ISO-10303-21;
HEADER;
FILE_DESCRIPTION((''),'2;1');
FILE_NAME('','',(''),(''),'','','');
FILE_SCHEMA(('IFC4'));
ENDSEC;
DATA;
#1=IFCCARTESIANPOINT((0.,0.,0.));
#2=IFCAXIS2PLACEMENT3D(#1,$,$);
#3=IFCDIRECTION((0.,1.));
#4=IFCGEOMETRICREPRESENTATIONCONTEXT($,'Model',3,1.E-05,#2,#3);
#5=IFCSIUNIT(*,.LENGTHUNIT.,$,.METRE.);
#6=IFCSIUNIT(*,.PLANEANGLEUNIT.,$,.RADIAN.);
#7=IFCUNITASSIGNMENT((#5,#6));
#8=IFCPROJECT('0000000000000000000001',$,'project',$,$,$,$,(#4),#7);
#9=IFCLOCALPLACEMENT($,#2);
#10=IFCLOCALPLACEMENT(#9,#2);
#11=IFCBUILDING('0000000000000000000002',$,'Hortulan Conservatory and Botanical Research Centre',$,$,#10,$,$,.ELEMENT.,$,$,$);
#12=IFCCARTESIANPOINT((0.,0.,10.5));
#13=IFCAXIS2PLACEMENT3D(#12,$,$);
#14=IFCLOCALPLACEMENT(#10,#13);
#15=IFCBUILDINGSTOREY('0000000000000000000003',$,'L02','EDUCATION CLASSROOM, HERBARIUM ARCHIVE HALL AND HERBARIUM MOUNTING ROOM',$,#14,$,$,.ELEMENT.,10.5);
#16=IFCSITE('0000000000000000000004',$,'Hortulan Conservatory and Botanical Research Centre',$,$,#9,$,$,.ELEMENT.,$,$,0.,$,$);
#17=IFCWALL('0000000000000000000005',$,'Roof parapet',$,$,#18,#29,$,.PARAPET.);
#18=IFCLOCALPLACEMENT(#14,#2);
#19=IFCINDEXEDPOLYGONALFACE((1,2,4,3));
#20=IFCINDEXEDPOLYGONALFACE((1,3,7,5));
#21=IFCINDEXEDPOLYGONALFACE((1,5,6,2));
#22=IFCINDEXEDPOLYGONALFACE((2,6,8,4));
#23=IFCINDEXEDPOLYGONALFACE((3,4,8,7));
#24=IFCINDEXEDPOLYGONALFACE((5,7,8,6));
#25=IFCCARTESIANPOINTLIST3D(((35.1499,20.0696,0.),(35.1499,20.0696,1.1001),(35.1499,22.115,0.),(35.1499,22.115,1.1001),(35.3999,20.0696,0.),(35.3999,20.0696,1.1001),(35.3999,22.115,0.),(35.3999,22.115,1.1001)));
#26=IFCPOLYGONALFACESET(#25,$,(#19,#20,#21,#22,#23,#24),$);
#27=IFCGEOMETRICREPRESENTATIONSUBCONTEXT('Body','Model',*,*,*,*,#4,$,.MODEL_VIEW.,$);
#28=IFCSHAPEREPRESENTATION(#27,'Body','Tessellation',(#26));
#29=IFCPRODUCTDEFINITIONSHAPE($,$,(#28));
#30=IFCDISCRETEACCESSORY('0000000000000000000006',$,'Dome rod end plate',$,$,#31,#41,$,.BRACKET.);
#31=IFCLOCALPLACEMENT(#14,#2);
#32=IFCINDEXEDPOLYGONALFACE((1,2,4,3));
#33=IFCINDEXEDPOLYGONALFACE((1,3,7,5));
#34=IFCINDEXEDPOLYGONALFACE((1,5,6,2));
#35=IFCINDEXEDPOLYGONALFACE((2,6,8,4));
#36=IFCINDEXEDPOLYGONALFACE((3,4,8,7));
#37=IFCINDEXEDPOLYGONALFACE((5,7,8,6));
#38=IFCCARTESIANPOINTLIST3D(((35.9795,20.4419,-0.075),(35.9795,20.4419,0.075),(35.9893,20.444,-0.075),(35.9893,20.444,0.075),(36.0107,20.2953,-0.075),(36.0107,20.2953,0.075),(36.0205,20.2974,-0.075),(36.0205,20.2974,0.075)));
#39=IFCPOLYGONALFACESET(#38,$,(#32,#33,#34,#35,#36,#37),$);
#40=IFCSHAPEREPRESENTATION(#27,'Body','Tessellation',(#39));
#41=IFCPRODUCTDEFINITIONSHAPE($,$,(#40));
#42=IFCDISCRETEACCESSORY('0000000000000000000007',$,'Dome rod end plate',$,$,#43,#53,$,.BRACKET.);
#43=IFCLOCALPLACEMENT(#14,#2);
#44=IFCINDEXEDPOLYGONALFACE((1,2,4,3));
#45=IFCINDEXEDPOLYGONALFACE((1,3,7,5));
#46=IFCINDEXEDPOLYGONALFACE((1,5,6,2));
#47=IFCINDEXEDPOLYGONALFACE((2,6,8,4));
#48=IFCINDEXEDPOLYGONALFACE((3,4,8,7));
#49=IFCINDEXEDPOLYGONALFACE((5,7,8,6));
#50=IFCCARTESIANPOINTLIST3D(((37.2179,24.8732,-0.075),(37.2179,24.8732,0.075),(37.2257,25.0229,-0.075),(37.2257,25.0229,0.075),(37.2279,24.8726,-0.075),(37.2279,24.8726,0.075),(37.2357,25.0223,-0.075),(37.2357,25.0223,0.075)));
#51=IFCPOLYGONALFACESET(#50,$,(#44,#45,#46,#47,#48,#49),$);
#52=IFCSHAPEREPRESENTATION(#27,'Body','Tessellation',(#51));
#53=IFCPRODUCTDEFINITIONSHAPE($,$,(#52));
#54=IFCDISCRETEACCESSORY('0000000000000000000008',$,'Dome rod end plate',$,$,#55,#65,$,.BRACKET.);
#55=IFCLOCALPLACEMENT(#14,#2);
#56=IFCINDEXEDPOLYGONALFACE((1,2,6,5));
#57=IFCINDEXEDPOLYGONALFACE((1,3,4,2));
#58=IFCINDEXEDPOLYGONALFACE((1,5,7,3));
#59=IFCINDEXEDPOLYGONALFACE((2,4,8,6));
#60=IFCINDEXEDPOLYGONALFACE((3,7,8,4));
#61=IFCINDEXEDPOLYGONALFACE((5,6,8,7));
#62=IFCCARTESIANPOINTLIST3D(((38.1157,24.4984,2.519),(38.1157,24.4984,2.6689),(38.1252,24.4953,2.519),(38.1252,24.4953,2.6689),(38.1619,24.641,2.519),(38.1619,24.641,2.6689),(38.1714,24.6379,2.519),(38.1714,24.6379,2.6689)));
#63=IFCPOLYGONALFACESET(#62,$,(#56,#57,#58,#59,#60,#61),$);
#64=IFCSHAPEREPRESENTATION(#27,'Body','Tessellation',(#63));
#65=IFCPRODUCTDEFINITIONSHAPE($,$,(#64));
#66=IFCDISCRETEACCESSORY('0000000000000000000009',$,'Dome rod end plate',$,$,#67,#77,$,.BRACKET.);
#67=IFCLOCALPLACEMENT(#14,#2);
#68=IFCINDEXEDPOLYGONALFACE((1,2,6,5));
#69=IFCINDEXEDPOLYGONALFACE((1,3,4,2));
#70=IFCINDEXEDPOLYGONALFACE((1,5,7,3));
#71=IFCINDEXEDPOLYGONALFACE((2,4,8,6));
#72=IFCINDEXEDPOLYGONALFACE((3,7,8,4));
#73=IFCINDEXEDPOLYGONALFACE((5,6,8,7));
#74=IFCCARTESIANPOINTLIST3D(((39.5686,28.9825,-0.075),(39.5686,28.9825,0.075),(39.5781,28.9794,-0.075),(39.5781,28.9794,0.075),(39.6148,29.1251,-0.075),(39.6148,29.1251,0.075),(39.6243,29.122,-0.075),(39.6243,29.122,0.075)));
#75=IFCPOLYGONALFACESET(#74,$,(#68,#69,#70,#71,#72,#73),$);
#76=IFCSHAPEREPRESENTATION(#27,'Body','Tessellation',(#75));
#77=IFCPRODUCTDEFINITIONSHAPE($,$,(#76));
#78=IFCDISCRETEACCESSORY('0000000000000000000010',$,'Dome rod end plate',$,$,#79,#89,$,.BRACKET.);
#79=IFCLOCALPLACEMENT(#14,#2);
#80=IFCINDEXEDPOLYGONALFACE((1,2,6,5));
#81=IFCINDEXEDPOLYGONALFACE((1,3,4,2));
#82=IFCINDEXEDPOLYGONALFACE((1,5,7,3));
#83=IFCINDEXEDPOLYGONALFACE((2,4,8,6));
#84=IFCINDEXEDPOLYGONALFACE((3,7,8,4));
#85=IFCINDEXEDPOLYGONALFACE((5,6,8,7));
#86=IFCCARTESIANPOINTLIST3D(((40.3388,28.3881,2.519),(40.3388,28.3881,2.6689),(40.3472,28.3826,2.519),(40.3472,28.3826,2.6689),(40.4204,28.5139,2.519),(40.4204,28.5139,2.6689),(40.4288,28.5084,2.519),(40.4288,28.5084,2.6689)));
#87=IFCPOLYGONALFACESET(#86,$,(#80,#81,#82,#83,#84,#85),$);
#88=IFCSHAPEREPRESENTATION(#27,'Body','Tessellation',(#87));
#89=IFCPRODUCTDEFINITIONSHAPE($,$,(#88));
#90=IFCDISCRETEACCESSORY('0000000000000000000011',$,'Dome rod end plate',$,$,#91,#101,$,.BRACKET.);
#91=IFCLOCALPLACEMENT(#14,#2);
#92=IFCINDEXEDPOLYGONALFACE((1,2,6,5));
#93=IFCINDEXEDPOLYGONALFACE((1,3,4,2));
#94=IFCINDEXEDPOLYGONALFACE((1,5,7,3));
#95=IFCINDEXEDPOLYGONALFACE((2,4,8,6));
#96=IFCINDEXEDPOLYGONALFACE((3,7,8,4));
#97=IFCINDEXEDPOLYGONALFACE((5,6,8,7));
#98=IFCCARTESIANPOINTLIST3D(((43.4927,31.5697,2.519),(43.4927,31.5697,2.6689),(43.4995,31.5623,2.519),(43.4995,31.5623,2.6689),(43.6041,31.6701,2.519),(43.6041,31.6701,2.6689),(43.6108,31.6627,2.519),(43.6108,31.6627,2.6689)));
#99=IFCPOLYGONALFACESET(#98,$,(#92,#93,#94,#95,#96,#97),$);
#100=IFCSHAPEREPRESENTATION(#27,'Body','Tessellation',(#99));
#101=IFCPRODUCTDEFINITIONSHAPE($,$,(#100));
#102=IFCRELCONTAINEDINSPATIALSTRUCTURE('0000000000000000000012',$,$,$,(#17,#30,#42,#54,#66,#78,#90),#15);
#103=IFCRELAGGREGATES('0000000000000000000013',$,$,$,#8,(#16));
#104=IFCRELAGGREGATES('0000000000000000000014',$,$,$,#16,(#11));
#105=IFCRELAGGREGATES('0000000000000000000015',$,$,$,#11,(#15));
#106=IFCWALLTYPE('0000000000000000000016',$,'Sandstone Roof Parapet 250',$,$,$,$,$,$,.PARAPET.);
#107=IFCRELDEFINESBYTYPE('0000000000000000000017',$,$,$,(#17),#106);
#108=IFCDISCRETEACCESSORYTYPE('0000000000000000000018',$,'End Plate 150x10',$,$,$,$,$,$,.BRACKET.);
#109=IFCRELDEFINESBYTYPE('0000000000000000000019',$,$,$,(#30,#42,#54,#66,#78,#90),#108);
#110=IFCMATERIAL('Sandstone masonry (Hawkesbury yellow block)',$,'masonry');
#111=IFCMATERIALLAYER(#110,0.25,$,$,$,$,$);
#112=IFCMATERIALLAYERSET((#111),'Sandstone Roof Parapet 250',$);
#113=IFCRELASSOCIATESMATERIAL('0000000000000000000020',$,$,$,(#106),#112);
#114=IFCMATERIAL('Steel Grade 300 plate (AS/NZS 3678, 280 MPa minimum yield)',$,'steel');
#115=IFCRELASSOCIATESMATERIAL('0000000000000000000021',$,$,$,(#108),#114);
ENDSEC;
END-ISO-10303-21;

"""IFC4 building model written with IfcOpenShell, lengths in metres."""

from ifc_helpers import new_model, si_unit, direction, frame, frame_2d, origin, origin_2d, place, context, subcontext, project, spatial, rectangle, extrude, material, layer, layer_set, type_object, element, save


model = new_model("IFC4")

# Units and contexts
model_context = context("Model", 3, precision=1e-05, world=origin(), true_north=direction((0.0, 1.0)))
body_context = subcontext(model_context, "Body", "Model", "MODEL_VIEW")
ifc_project = project(units=[si_unit("LENGTHUNIT", "METRE"), si_unit("PLANEANGLEUNIT", "RADIAN")], contexts=[model_context])

# Site, building, storey
site_placement = place(None, origin())
site = spatial("IfcSite", under=ifc_project, at=site_placement, Name="Hortulan Conservatory and Botanical Research Centre", CompositionType="ELEMENT", RefElevation=0.0)
building_placement = place(site_placement, origin())
building = spatial("IfcBuilding", under=site, at=building_placement, Name="Hortulan Conservatory and Botanical Research Centre", CompositionType="ELEMENT")
storey_placement = place(building_placement, frame((0.0, 0.0, 10.5)))
storey = spatial("IfcBuildingStorey", under=building, at=storey_placement, Name="L02", Description="EDUCATION CLASSROOM, HERBARIUM ARCHIVE HALL AND HERBARIUM MOUNTING ROOM", CompositionType="ELEMENT", Elevation=10.5)

# Shared definitions
ifc_material_1 = material(Name="Sandstone masonry (Hawkesbury yellow block)", Category="masonry")

# Wall
ifc_layer_1 = layer(ifc_material_1, 0.25)
ifc_layer_set_1 = layer_set([ifc_layer_1], Name="Sandstone Roof Parapet 250")
wall_type_1 = type_object("IfcWallType", Name="Sandstone Roof Parapet 250", PredefinedType="PARAPET", material=ifc_layer_set_1)
wall_1_placement = place(storey_placement, frame((35.2749, 22.115, 0.0), z_axis=(0.0, 0.0, 1.0), x_axis=(0.0, -1.0, 0.0)))
element("IfcWall", 1, at=wall_1_placement, inside=storey, type_object=wall_type_1, Name="Roof parapet", PredefinedType="PARAPET", context=body_context, shape_type="SweptSolid", body=[
    extrude(rectangle(XDim=2.0454, YDim=0.25, at=frame_2d((1.0227, 0.0))), origin(), (0.0, 0.0, 1.0), 1.1001),
])

# Discrete accessories
ifc_material_2 = material(Name="Steel Grade 300 plate (AS/NZS 3678, 280 MPa minimum yield)", Category="steel")
discrete_accessory_type = type_object("IfcDiscreteAccessoryType", Name="End Plate 150x10", PredefinedType="BRACKET", material=ifc_material_2)
for number, where, z_axis, x_axis, name in (
    (2, (36.0, 20.3696, -0.075), (0.0, 0.0, 1.0), (0.208714, -0.977977, 0.0), "Dome rod end plate"),
    (3, (37.2268, 24.9478, -0.075), (0.0, 0.0, 1.0), (0.051534, 0.998671, 0.0), "Dome rod end plate"),
    (4, (38.1436, 24.5681, 2.519), (0.0, 0.0, 1.0), (0.308237, 0.95131, 0.0), "Dome rod end plate"),
    (5, (39.5964, 29.0522, -0.075), (0.0, 0.0, 1.0), (0.308237, 0.95131, 0.0), "Dome rod end plate"),
    (6, (40.3838, 28.4482, 2.519), (0.0, 0.0, 1.0), (0.543951, 0.839117, 0.0), "Dome rod end plate"),
    (7, (43.5518, 31.6162, 2.519), (0.0, 0.0, 1.0), (0.742607, 0.669727, 0.0), "Dome rod end plate"),
):
    element("IfcDiscreteAccessory", number, at=place(storey_placement, frame(where, z_axis=z_axis, x_axis=x_axis)), inside=storey, type_object=discrete_accessory_type, Name=name, PredefinedType="BRACKET", context=body_context, shape_type="SweptSolid", body=[
        extrude(rectangle(XDim=0.1499, YDim=0.01, at=origin_2d()), origin(), (0.0, 0.0, 1.0), 0.1499),
    ])

save(model, "model.ifc")
